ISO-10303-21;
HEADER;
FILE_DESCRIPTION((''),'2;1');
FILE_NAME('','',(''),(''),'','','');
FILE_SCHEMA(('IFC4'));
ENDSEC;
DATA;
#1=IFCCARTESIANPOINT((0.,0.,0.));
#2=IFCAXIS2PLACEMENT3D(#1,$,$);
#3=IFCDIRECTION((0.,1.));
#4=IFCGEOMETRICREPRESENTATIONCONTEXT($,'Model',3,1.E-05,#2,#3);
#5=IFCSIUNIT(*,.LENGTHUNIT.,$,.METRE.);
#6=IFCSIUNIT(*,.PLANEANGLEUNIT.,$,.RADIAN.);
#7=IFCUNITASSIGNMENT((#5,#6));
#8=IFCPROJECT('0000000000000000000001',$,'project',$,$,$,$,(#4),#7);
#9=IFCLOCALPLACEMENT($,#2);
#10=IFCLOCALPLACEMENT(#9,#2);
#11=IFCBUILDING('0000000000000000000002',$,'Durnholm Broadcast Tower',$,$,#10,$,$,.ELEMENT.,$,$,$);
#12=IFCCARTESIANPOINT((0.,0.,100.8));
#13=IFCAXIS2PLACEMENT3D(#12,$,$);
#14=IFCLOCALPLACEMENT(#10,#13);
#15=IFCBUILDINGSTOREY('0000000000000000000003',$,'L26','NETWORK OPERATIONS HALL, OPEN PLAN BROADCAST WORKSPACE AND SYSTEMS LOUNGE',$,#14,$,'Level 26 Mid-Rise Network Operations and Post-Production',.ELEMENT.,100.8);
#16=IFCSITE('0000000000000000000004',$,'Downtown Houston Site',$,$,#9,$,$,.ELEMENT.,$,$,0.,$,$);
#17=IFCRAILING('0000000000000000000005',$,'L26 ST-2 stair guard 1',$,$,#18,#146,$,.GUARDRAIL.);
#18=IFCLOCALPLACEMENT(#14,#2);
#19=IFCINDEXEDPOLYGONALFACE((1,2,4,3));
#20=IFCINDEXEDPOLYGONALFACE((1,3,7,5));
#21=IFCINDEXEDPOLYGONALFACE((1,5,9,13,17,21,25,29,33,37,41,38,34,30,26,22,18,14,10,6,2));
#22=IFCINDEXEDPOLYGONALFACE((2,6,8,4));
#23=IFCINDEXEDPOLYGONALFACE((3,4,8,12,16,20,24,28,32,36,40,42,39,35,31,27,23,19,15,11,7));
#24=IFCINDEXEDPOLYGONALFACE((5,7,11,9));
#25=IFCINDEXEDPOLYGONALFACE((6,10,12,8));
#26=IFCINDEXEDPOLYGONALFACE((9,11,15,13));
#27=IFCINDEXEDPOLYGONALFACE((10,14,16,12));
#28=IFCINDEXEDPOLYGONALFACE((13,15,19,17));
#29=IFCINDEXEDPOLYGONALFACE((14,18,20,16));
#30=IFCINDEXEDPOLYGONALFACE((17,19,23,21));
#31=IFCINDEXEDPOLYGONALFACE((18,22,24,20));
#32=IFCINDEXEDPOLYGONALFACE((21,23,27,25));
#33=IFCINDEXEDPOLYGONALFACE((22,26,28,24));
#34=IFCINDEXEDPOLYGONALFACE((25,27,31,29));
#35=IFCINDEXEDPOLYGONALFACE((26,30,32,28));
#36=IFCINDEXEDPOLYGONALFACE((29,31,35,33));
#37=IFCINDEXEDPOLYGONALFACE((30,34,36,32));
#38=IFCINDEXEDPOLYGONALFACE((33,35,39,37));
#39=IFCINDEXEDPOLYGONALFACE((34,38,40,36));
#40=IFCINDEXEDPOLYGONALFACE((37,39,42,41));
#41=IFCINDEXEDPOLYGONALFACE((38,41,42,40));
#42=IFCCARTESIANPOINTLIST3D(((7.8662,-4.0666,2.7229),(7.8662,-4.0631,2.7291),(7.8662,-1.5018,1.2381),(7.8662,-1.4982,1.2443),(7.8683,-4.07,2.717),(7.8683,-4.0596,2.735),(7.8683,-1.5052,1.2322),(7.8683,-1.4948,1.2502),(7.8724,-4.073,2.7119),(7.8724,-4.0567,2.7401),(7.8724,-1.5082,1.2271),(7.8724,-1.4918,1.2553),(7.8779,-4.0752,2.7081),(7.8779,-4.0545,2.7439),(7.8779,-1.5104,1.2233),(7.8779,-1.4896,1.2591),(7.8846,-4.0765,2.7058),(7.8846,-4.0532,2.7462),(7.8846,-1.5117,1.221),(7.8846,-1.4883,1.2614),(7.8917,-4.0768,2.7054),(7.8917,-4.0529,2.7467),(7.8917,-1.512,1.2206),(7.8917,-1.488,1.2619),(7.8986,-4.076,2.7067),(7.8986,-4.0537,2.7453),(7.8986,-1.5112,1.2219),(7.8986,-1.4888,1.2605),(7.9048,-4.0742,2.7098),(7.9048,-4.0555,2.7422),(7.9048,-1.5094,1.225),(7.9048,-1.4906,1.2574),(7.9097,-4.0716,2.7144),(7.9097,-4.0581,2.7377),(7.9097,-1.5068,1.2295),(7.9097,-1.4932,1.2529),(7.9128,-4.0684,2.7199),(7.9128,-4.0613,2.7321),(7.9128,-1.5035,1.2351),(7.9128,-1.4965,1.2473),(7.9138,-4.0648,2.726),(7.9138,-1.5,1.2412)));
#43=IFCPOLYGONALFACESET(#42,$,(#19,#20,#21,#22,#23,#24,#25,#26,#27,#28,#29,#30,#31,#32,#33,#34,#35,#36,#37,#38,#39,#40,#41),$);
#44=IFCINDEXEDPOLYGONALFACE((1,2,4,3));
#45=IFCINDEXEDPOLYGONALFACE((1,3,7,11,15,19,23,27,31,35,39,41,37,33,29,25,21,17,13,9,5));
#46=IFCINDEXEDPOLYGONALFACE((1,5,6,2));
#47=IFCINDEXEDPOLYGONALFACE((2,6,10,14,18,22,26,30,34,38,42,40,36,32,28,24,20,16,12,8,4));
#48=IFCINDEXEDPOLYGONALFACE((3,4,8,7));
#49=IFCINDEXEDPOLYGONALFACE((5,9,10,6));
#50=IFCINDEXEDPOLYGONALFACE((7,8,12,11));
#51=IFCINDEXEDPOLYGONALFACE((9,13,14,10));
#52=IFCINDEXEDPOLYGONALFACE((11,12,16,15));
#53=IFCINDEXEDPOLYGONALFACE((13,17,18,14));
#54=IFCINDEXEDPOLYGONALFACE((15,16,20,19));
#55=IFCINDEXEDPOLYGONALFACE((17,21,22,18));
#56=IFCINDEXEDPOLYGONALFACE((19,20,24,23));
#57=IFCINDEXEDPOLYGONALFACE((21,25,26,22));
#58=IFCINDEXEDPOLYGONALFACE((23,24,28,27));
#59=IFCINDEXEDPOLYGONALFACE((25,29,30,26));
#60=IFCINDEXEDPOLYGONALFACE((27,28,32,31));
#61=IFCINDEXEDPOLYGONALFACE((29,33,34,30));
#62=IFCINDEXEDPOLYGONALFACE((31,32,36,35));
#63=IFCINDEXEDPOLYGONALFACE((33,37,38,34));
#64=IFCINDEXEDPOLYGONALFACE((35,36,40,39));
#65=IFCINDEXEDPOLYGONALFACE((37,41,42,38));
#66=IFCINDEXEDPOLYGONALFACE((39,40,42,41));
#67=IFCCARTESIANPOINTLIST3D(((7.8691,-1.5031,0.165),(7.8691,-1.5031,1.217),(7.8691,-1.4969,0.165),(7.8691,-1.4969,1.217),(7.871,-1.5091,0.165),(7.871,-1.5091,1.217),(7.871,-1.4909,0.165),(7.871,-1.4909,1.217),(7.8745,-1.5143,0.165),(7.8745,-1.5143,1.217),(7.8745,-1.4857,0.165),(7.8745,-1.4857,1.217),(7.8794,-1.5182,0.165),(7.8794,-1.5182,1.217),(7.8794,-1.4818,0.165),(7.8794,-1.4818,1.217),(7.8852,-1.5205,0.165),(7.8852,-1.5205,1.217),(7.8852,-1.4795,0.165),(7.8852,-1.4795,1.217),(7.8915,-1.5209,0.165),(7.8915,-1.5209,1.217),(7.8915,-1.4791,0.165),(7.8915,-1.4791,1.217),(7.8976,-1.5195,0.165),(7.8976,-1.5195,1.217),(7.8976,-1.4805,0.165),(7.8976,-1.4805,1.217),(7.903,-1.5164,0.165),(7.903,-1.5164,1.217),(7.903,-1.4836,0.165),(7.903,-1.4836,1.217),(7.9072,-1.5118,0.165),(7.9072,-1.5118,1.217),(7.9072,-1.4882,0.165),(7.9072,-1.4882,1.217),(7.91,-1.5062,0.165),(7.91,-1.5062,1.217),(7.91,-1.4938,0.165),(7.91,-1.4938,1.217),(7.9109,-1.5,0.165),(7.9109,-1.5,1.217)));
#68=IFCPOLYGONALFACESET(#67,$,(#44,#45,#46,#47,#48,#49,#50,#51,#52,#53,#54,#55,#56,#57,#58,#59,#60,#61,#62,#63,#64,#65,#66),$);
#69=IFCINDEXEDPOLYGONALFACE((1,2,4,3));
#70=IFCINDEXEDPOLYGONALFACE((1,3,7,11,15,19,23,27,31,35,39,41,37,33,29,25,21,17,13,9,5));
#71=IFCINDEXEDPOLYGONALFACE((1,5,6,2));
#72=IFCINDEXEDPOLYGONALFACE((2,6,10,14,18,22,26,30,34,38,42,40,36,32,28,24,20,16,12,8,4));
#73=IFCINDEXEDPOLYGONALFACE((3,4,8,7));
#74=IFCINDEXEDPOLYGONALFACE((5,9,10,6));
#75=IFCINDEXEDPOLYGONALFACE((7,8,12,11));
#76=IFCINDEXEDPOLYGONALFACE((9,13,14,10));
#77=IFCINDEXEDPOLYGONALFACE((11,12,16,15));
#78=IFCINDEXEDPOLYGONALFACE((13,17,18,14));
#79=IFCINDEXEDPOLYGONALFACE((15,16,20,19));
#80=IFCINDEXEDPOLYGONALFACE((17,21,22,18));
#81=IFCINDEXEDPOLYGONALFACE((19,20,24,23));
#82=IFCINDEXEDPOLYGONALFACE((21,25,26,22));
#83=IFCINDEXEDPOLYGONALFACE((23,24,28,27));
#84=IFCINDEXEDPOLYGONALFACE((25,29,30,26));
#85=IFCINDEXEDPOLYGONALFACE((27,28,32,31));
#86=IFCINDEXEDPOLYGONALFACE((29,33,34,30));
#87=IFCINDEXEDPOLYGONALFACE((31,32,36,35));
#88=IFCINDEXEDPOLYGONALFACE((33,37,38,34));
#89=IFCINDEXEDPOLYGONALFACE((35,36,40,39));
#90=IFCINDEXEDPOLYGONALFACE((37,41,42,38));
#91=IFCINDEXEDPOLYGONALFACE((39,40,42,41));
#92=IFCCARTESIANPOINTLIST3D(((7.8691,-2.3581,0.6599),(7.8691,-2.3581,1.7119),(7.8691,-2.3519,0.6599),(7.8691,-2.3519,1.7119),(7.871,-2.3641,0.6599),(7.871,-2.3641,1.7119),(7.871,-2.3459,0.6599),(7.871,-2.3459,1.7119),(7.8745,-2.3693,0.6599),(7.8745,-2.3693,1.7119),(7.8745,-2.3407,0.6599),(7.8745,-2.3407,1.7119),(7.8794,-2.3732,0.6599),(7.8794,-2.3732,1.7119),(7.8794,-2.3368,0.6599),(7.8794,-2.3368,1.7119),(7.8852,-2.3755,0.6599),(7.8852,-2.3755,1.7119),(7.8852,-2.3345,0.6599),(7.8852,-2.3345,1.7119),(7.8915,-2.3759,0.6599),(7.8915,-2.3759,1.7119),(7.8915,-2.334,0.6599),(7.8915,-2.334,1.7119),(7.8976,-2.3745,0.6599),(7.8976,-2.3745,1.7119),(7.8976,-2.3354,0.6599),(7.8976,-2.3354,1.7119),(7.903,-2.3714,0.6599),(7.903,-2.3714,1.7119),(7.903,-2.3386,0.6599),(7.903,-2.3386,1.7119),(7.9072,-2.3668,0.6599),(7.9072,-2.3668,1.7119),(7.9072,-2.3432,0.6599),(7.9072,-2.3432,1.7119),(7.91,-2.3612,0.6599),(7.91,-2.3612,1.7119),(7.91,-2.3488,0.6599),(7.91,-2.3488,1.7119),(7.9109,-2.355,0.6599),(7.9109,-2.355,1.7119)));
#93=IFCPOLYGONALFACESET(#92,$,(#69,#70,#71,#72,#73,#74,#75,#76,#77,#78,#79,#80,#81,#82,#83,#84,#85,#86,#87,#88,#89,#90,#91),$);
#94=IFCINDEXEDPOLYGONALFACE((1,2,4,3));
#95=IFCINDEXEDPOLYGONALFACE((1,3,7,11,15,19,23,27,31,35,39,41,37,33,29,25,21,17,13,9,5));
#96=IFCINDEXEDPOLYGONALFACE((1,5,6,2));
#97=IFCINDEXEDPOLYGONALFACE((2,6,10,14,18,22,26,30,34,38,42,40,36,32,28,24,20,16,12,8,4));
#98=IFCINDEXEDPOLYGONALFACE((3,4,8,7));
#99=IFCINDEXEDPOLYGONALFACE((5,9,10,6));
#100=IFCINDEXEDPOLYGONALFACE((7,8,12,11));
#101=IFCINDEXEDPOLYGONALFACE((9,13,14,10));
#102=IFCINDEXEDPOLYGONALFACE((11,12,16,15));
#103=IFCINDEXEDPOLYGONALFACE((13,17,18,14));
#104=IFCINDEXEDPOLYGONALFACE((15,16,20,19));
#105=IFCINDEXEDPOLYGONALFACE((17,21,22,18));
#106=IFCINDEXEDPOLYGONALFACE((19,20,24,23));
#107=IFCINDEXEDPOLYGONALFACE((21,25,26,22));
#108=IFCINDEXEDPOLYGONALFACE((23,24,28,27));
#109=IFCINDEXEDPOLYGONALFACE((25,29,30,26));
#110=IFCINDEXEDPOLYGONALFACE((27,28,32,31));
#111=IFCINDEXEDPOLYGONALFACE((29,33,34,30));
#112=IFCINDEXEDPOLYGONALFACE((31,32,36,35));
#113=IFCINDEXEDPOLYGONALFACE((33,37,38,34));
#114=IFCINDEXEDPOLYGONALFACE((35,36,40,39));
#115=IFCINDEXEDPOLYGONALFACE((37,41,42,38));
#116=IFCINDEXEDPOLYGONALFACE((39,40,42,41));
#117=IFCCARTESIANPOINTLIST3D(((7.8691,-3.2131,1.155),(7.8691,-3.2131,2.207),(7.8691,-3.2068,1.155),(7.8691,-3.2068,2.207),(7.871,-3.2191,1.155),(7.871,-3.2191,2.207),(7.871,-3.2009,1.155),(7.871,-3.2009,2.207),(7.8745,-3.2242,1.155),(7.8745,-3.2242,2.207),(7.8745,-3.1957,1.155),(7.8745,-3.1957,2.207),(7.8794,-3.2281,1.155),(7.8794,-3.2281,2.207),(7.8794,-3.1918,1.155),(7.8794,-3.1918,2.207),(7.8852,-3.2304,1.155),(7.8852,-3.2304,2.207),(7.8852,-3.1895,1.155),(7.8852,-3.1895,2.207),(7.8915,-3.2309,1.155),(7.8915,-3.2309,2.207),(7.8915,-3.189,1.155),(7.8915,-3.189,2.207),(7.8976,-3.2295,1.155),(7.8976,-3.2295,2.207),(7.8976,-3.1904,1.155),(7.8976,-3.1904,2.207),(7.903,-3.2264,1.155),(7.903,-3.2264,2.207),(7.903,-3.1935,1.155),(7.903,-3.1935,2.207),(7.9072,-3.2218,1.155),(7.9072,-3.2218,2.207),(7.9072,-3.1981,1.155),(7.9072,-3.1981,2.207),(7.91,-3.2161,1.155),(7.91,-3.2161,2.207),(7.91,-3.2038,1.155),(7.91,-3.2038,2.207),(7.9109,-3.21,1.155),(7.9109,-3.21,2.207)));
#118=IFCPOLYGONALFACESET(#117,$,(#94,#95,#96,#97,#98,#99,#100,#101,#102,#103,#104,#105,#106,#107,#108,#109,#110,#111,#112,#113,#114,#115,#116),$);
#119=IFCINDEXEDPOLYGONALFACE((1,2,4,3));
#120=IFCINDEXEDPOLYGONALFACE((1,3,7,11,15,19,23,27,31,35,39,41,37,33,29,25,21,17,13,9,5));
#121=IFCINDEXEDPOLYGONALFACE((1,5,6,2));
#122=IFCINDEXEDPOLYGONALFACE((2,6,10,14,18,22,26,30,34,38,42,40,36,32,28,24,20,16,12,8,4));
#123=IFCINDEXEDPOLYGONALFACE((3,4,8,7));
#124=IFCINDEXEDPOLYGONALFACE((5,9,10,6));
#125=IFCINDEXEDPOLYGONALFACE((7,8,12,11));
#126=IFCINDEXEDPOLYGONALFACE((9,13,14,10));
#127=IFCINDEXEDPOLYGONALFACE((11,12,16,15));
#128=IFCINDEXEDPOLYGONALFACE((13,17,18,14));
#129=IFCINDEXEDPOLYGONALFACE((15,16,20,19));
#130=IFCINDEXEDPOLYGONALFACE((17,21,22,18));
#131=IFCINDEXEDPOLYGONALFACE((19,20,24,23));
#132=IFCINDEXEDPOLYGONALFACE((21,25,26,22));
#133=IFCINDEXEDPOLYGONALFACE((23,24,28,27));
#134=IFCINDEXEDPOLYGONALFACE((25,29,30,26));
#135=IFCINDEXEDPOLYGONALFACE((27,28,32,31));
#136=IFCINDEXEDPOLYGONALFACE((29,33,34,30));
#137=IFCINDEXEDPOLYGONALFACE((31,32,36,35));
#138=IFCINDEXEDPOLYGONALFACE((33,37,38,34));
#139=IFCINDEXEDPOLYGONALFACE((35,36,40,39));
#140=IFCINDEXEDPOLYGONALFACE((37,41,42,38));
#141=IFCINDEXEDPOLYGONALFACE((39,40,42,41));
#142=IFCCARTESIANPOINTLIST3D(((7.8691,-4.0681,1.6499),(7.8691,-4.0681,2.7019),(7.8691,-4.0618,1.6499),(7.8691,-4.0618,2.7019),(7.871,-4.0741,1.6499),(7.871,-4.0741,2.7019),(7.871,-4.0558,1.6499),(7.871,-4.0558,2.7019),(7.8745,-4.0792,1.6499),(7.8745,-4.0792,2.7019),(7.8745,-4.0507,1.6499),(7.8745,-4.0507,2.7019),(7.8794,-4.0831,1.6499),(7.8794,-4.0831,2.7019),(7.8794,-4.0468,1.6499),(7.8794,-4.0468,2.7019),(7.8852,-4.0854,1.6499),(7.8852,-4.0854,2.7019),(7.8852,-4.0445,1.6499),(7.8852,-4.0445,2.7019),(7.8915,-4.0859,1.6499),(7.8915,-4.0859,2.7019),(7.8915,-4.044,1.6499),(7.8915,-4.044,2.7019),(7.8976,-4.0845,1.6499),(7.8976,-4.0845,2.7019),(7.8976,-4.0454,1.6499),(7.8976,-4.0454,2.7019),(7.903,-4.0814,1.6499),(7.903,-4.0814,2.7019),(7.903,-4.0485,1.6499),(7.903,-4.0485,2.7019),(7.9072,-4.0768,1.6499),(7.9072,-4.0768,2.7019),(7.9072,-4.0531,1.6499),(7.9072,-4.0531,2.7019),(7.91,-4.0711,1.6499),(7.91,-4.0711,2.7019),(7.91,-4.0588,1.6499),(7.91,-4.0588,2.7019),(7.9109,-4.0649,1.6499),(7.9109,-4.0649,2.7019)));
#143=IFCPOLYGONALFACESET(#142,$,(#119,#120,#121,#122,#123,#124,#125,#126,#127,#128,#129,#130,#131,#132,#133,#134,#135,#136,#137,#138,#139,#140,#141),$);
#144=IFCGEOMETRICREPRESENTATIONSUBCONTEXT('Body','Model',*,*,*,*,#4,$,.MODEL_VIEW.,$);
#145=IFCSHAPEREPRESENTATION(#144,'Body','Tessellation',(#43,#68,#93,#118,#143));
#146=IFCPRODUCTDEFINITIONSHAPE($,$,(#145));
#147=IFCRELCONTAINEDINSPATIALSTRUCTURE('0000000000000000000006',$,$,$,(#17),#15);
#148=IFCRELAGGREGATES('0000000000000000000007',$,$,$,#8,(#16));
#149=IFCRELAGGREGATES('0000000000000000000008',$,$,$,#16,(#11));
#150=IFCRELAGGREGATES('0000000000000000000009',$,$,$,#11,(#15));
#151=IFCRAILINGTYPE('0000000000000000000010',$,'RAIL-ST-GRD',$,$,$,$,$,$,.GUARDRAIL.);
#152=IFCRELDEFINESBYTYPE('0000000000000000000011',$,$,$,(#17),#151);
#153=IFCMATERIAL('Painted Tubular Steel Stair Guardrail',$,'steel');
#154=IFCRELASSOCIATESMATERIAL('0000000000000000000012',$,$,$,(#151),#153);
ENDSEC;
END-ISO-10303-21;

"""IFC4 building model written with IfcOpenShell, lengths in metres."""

from ifc_helpers import new_model, si_unit, direction, frame, origin, origin_2d, place, context, subcontext, project, spatial, circle, extrude, material, type_object, element, save


model = new_model("IFC4")

# Units and contexts
model_context = context("Model", 3, precision=1e-05, world=origin(), true_north=direction((0.0, 1.0)))
body_context = subcontext(model_context, "Body", "Model", "MODEL_VIEW")
ifc_project = project(units=[si_unit("LENGTHUNIT", "METRE"), si_unit("PLANEANGLEUNIT", "RADIAN")], contexts=[model_context])

# Site, building, storey
site_placement = place(None, origin())
site = spatial("IfcSite", under=ifc_project, at=site_placement, Name="Downtown Houston Site", CompositionType="ELEMENT", RefElevation=0.0)
building_placement = place(site_placement, origin())
building = spatial("IfcBuilding", under=site, at=building_placement, Name="Durnholm Broadcast Tower", CompositionType="ELEMENT")
storey_placement = place(building_placement, frame((0.0, 0.0, 100.8)))
storey = spatial("IfcBuildingStorey", under=building, at=storey_placement, Name="L26", Description="NETWORK OPERATIONS HALL, OPEN PLAN BROADCAST WORKSPACE AND SYSTEMS LOUNGE", LongName="Level 26 Mid-Rise Network Operations and Post-Production", CompositionType="ELEMENT", Elevation=100.8)

# Railing
ifc_material_1 = material(Name="Painted Tubular Steel Stair Guardrail", Category="steel")
railing_type_1 = type_object("IfcRailingType", Name="RAIL-ST-GRD", PredefinedType="GUARDRAIL", material=ifc_material_1)
railing_1_placement = place(storey_placement, frame((7.8899, -1.5, 0.165)))
element("IfcRailing", 1, at=railing_1_placement, inside=storey, type_object=railing_type_1, Name="L26 ST-2 stair guard 1", PredefinedType="GUARDRAIL", context=body_context, shape_type="SweptSolid", body=[
    extrude(circle(Radius=0.0239, at=origin_2d()), frame((0.0, 0.0, 1.0762), z_axis=(0.0, -0.865441, 0.50101), x_axis=(1.0, 0.0, 0.0)), (0.0, 0.0, 1.0), 2.9636),
    extrude(circle(Radius=0.021, at=origin_2d()), origin(), (0.0, 0.0, 1.0), 1.052),
    extrude(circle(Radius=0.021, at=origin_2d()), frame((0.0, -0.855, 0.4949)), (0.0, 0.0, 1.0), 1.052),
    extrude(circle(Radius=0.021, at=origin_2d()), frame((0.0, -1.71, 0.99)), (0.0, 0.0, 1.0), 1.052),
    extrude(circle(Radius=0.021, at=origin_2d()), frame((0.0, -2.5649, 1.4849)), (0.0, 0.0, 1.0), 1.052),
])

save(model, "model.ifc")
